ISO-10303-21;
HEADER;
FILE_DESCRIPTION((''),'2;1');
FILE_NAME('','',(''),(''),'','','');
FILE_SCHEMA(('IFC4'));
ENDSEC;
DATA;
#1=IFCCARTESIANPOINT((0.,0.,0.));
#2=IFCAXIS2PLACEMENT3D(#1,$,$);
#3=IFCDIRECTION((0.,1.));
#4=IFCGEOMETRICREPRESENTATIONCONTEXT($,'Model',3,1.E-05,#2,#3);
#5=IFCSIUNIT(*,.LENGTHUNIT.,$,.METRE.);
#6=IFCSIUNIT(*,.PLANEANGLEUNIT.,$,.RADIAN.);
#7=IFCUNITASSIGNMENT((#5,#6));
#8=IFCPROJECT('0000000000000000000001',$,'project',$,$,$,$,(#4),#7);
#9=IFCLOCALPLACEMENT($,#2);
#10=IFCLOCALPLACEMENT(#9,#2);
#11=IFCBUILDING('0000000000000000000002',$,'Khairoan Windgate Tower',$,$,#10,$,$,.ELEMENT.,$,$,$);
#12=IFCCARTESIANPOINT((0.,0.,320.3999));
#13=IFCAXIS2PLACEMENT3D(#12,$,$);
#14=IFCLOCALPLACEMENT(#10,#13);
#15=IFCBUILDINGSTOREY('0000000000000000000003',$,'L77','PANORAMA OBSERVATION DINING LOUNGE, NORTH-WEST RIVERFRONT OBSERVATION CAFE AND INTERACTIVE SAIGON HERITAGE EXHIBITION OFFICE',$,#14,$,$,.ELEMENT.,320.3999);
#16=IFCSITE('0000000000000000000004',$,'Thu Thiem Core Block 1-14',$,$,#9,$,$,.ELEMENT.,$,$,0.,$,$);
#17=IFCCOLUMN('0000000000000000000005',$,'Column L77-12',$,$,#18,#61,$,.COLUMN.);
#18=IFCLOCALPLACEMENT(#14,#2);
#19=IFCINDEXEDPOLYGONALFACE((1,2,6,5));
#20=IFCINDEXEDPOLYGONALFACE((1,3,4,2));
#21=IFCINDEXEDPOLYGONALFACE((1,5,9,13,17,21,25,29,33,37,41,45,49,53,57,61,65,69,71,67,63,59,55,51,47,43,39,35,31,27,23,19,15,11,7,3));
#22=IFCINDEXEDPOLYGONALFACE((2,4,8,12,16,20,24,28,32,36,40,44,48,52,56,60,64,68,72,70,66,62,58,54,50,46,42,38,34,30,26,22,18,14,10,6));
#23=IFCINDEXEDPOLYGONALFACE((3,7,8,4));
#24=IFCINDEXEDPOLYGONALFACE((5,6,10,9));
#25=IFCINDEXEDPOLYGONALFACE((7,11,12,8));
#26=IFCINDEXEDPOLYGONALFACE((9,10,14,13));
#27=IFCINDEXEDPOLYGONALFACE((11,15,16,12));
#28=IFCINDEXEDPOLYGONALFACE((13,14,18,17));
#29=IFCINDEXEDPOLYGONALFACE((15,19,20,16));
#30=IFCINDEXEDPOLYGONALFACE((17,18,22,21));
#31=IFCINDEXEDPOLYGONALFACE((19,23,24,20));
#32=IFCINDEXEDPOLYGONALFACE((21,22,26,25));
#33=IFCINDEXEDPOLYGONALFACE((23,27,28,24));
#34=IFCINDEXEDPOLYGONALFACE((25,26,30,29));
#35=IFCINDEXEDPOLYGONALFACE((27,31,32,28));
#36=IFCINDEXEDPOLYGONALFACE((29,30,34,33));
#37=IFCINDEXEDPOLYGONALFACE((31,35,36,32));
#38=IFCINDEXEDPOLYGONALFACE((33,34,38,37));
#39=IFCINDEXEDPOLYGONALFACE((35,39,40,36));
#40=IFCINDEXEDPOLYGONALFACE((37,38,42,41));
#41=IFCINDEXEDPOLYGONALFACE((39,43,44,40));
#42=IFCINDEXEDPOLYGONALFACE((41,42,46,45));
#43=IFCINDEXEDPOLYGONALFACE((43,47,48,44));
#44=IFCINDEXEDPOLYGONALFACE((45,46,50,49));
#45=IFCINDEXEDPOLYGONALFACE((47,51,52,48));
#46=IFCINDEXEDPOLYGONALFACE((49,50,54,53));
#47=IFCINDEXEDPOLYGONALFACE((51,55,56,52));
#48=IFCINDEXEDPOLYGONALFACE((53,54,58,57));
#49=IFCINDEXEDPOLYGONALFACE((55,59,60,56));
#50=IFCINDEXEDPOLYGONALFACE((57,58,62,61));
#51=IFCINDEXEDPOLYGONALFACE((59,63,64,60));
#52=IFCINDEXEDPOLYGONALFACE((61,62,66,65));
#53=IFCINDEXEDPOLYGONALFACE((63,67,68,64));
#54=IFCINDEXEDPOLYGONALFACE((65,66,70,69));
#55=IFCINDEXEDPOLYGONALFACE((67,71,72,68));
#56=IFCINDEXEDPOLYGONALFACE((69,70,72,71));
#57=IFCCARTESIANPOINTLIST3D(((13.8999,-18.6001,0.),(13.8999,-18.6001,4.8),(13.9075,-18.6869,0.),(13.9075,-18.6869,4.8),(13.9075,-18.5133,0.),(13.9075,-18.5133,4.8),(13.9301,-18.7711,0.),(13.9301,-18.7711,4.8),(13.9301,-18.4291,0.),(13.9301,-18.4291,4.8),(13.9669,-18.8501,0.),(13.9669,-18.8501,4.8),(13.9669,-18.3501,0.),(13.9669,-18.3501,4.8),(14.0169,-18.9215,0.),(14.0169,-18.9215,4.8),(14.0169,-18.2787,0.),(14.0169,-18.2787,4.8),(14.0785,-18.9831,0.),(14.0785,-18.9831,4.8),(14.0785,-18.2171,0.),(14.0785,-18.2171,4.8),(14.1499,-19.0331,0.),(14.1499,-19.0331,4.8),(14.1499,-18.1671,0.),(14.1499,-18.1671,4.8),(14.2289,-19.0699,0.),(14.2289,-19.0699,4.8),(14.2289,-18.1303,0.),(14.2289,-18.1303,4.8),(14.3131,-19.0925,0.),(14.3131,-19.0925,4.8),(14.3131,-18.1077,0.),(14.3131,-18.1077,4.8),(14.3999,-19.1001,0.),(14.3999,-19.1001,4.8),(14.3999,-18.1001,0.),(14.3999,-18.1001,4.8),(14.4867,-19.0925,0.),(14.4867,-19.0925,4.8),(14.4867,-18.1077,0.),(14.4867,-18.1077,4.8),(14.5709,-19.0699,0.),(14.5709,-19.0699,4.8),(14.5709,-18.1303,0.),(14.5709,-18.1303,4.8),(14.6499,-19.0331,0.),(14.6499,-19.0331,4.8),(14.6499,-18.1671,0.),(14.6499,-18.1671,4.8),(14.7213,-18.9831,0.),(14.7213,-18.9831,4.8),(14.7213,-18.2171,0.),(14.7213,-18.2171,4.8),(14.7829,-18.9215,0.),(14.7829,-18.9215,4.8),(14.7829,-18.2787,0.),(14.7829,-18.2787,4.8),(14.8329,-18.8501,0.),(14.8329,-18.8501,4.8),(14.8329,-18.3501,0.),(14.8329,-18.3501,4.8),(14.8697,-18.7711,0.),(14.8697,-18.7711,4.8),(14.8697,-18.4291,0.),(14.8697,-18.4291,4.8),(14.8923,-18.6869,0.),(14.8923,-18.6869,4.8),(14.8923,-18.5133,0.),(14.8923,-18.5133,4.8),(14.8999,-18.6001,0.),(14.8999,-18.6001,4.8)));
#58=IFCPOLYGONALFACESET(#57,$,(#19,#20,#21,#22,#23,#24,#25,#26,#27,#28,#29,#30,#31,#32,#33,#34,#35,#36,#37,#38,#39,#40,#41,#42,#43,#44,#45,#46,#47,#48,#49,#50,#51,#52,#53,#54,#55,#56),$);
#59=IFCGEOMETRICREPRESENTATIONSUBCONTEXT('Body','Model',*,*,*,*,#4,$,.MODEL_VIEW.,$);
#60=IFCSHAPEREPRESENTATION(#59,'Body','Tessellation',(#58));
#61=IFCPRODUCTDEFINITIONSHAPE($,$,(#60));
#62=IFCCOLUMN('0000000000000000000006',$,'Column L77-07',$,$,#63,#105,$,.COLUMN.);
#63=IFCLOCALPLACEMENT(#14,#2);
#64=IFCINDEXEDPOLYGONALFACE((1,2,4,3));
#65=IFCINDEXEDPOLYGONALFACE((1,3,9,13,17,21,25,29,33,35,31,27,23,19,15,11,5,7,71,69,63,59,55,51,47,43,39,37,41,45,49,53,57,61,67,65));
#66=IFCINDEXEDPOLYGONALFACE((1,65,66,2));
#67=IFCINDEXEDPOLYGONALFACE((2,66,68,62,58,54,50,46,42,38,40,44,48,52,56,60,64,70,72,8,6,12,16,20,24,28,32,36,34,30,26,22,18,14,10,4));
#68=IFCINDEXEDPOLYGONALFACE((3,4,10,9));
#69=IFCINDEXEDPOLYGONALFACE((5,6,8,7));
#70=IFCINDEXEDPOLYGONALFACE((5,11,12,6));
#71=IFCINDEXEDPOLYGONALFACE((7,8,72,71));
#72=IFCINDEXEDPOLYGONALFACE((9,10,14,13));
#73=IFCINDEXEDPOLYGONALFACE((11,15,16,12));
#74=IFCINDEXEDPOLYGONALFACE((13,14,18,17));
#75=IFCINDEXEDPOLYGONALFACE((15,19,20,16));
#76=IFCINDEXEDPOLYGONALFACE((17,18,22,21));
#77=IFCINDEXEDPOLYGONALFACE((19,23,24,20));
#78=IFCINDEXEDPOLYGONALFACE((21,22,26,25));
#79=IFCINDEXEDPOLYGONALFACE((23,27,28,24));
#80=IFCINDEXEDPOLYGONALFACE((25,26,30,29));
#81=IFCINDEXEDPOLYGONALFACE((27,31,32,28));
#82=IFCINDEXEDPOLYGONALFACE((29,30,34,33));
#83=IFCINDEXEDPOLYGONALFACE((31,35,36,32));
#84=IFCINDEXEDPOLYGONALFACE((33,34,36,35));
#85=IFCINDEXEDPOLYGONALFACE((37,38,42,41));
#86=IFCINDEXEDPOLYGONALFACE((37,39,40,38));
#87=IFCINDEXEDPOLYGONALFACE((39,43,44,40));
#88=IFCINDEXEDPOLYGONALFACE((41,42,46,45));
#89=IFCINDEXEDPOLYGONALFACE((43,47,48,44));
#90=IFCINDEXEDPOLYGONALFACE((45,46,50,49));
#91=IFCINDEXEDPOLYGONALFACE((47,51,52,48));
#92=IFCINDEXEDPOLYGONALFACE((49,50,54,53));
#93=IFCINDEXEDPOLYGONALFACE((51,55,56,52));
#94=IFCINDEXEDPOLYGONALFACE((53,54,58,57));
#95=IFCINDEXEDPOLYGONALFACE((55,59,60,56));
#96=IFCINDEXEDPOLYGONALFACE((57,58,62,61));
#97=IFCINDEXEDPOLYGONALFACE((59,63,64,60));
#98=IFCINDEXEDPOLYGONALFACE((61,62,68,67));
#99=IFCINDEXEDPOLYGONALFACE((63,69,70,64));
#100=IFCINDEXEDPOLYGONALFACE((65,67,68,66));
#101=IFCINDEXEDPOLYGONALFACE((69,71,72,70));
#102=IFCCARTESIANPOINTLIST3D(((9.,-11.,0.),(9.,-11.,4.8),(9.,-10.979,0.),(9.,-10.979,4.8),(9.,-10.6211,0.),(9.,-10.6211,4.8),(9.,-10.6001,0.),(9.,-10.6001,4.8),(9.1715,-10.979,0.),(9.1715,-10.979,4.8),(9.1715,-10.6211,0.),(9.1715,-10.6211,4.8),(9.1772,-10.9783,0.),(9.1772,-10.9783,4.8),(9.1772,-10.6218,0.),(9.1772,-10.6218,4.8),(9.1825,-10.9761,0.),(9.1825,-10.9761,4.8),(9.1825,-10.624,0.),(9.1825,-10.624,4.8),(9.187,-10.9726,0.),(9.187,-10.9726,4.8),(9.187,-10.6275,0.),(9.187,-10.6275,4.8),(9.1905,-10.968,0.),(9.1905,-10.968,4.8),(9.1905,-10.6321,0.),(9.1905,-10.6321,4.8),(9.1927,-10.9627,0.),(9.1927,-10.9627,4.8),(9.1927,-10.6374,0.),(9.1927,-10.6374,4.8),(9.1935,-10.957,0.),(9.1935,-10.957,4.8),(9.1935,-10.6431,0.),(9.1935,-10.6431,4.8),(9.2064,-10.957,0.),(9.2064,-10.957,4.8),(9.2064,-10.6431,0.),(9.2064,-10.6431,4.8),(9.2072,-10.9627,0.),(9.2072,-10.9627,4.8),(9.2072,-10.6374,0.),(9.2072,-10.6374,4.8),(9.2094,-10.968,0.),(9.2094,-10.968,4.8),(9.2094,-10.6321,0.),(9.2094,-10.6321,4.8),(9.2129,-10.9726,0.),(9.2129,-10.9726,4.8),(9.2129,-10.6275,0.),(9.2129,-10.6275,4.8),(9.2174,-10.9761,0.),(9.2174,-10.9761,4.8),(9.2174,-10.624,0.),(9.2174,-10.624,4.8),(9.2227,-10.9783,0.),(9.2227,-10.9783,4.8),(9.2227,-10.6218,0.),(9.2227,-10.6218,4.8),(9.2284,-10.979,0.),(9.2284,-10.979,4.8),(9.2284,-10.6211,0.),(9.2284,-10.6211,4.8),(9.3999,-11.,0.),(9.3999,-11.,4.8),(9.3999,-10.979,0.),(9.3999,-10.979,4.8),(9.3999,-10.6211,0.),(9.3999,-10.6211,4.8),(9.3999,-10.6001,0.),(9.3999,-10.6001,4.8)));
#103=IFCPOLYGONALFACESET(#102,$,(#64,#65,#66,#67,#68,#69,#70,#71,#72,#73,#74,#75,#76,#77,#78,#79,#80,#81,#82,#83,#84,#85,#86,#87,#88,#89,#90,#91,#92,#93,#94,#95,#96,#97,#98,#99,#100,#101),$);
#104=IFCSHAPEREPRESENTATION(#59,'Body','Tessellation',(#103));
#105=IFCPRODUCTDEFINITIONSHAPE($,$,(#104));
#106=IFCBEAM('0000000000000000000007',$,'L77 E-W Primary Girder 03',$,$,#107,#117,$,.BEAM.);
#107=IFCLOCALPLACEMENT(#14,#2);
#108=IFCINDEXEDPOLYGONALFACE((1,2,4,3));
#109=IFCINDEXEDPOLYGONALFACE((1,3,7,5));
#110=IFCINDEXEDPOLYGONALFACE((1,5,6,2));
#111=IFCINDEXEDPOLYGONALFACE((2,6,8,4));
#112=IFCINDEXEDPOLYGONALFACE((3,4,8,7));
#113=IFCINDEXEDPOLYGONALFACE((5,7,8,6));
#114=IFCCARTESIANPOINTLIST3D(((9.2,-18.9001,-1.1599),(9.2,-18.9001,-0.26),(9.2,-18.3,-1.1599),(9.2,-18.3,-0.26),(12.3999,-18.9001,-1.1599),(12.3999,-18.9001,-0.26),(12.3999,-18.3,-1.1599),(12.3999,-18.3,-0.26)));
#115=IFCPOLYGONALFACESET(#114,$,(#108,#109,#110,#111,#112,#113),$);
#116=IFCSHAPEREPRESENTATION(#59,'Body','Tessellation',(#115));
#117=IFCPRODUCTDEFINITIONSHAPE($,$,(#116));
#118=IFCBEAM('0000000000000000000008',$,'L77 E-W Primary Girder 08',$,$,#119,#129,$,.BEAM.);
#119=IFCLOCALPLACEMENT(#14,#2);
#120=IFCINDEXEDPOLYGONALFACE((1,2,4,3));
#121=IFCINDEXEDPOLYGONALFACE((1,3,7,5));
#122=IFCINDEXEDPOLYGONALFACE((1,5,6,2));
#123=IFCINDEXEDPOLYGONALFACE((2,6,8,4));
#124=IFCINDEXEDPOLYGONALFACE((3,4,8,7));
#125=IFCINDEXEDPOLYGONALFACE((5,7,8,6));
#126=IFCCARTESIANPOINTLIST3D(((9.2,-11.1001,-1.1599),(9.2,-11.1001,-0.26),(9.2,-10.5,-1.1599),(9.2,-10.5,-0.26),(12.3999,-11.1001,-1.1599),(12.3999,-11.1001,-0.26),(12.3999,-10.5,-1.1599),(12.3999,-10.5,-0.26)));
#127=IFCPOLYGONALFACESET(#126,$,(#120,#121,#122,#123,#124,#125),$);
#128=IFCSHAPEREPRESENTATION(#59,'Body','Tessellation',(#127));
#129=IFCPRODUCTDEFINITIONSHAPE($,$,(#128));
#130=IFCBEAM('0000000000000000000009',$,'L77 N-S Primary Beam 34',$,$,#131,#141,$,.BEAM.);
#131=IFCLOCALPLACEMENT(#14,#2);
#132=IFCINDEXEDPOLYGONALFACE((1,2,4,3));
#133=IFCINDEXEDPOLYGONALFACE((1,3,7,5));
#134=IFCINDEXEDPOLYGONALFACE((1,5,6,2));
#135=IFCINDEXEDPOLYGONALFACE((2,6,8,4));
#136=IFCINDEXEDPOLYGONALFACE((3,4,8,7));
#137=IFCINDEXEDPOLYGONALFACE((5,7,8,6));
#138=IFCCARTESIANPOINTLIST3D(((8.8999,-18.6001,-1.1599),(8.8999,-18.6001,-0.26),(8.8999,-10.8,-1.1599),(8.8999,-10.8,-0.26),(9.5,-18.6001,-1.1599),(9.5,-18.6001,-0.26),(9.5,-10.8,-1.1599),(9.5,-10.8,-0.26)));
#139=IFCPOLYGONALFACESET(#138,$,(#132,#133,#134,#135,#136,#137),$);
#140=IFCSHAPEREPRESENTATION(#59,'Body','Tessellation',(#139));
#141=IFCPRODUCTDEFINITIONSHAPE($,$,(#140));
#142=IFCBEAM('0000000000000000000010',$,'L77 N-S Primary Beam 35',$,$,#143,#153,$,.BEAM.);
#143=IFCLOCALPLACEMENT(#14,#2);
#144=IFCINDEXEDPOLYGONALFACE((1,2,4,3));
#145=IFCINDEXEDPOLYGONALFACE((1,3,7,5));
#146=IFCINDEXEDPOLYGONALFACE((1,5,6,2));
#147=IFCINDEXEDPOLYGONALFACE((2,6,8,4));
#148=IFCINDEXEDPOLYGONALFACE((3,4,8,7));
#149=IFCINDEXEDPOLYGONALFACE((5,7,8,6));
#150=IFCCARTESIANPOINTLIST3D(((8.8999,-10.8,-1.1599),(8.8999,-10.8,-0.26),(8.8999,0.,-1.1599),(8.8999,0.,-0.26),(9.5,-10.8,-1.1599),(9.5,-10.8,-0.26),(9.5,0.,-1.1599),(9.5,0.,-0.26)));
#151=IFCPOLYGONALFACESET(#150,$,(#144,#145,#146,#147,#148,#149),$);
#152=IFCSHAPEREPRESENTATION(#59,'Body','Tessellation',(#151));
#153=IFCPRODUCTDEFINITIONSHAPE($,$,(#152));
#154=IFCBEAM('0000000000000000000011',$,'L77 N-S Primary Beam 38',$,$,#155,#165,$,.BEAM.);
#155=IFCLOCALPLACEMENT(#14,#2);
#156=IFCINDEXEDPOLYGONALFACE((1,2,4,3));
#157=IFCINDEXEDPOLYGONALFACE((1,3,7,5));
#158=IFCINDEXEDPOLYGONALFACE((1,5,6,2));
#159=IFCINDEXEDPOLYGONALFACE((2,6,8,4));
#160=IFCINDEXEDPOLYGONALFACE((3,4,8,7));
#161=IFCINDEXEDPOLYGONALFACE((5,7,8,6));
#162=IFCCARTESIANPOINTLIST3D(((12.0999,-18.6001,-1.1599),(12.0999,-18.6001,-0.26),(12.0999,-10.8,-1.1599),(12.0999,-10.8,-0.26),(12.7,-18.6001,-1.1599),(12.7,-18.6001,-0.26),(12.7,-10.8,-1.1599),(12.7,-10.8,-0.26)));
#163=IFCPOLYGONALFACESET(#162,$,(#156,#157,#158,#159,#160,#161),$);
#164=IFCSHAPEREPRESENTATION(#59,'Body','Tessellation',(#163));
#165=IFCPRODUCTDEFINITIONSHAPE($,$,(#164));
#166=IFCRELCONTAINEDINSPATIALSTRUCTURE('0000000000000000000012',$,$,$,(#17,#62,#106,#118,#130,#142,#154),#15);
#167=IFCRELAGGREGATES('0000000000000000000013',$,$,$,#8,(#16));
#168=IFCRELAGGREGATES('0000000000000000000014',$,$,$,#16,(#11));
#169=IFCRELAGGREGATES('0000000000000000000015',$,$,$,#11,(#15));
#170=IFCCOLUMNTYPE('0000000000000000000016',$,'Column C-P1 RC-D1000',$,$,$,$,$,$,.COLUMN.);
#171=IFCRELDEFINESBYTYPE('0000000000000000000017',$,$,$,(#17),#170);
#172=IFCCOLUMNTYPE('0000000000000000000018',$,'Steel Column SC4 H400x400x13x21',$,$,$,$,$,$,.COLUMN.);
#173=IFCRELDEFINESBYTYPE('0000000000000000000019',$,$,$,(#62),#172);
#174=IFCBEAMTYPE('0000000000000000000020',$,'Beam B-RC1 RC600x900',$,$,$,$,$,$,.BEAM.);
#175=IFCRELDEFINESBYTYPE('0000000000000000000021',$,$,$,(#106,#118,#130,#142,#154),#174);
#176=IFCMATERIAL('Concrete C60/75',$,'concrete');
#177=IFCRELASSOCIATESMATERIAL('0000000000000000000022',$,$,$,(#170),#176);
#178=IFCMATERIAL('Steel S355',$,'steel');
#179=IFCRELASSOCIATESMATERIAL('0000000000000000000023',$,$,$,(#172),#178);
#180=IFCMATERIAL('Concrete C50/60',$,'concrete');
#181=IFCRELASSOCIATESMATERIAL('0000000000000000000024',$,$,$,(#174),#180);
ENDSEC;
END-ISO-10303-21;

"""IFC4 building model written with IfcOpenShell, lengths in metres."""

from ifc_helpers import new_model, si_unit, direction, frame, origin, origin_2d, place, context, subcontext, project, spatial, rectangle, circle, i_section, extrude, material, material_profile, profile_set, type_object, element, save


model = new_model("IFC4")

# Units and contexts
model_context = context("Model", 3, precision=1e-05, world=origin(), true_north=direction((0.0, 1.0)))
body_context = subcontext(model_context, "Body", "Model", "MODEL_VIEW")
ifc_project = project(units=[si_unit("LENGTHUNIT", "METRE"), si_unit("PLANEANGLEUNIT", "RADIAN")], contexts=[model_context])

# Site, building, storey
site_placement = place(None, origin())
site = spatial("IfcSite", under=ifc_project, at=site_placement, Name="Thu Thiem Core Block 1-14", CompositionType="ELEMENT", RefElevation=0.0)
building_placement = place(site_placement, origin())
building = spatial("IfcBuilding", under=site, at=building_placement, Name="Khairoan Windgate Tower", CompositionType="ELEMENT")
storey_placement = place(building_placement, frame((0.0, 0.0, 320.3999)))
storey = spatial("IfcBuildingStorey", under=building, at=storey_placement, Name="L77", Description="PANORAMA OBSERVATION DINING LOUNGE, NORTH-WEST RIVERFRONT OBSERVATION CAFE AND INTERACTIVE SAIGON HERITAGE EXHIBITION OFFICE", CompositionType="ELEMENT", Elevation=320.3999)

# Columns
ifc_material_1 = material(Name="Concrete C60/75", Category="concrete")
ifc_material_profile_1 = material_profile(ifc_material_1, circle(Radius=0.5, at=origin_2d()))
ifc_profile_set_1 = profile_set([ifc_material_profile_1], Name="Concrete C60/75")
column_type_1 = type_object("IfcColumnType", Name="Column C-P1 RC-D1000", PredefinedType="COLUMN", material=ifc_profile_set_1)
column_1_placement = place(storey_placement, frame((14.3999, -18.6001, 0.0), z_axis=(0.0, 0.0, 1.0), x_axis=(1.0, 0.0, 0.0)))
element("IfcColumn", 1, at=column_1_placement, inside=storey, type_object=column_type_1, Name="Column L77-12", PredefinedType="COLUMN", context=body_context, shape_type="SweptSolid", body=[
    extrude(circle(Radius=0.5, at=origin_2d()), origin(), (0.0, 0.0, 1.0), 4.8),
])
ifc_material_2 = material(Name="Steel S355", Category="steel")
ifc_material_profile_2 = material_profile(ifc_material_2, i_section(OverallWidth=0.3999, OverallDepth=0.3999, WebThickness=0.0129, FlangeThickness=0.021, FilletRadius=0.022, at=origin_2d()))
ifc_profile_set_2 = profile_set([ifc_material_profile_2], Name="Steel S355")
column_type_2 = type_object("IfcColumnType", Name="Steel Column SC4 H400x400x13x21", PredefinedType="COLUMN", material=ifc_profile_set_2)
column_2_placement = place(storey_placement, frame((9.2, -10.8, 0.0), z_axis=(0.0, 0.0, 1.0), x_axis=(1.0, 0.0, 0.0)))
element("IfcColumn", 2, at=column_2_placement, inside=storey, type_object=column_type_2, Name="Column L77-07", PredefinedType="COLUMN", context=body_context, shape_type="SweptSolid", body=[
    extrude(i_section(OverallWidth=0.3999, OverallDepth=0.3999, WebThickness=0.0129, FlangeThickness=0.021, FilletRadius=0.022, at=origin_2d()), origin(), (0.0, 0.0, 1.0), 4.8),
])

# Beams
ifc_material_3 = material(Name="Concrete C50/60", Category="concrete")
ifc_material_profile_3 = material_profile(ifc_material_3, rectangle(XDim=0.6001, YDim=0.8999, at=origin_2d()))
ifc_profile_set_3 = profile_set([ifc_material_profile_3], Name="Concrete C50/60")
beam_type_1 = type_object("IfcBeamType", Name="Beam B-RC1 RC600x900", PredefinedType="BEAM", material=ifc_profile_set_3)
for number, where, z_axis, x_axis, name in (
    (3, (9.2, -18.6001, -0.71), (1.0, 0.0, 0.0), (0.0, 1.0, 0.0), "L77 E-W Primary Girder 03"),
    (4, (9.2, -10.8, -0.71), (1.0, 0.0, 0.0), (0.0, 1.0, 0.0), "L77 E-W Primary Girder 08"),
):
    element("IfcBeam", number, at=place(storey_placement, frame(where, z_axis=z_axis, x_axis=x_axis)), inside=storey, type_object=beam_type_1, Name=name, PredefinedType="BEAM", context=body_context, shape_type="SweptSolid", body=[
        extrude(rectangle(XDim=0.6001, YDim=0.8999, at=origin_2d()), origin(), (0.0, 0.0, 1.0), 3.2),
    ])
beam_1_placement = place(storey_placement, frame((9.2, -18.6001, -0.71), z_axis=(0.0, 1.0, 0.0), x_axis=(-1.0, 0.0, 0.0)))
element("IfcBeam", 5, at=beam_1_placement, inside=storey, type_object=beam_type_1, Name="L77 N-S Primary Beam 34", PredefinedType="BEAM", context=body_context, shape_type="SweptSolid", body=[
    extrude(rectangle(XDim=0.6001, YDim=0.8999, at=origin_2d()), origin(), (0.0, 0.0, 1.0), 7.8),
])
beam_2_placement = place(storey_placement, frame((9.2, -10.8, -0.71), z_axis=(0.0, 1.0, 0.0), x_axis=(-1.0, 0.0, 0.0)))
element("IfcBeam", 6, at=beam_2_placement, inside=storey, type_object=beam_type_1, Name="L77 N-S Primary Beam 35", PredefinedType="BEAM", context=body_context, shape_type="SweptSolid", body=[
    extrude(rectangle(XDim=0.6001, YDim=0.8999, at=origin_2d()), origin(), (0.0, 0.0, 1.0), 10.8),
])
beam_3_placement = place(storey_placement, frame((12.3999, -18.6001, -0.71), z_axis=(0.0, 1.0, 0.0), x_axis=(-1.0, 0.0, 0.0)))
element("IfcBeam", 7, at=beam_3_placement, inside=storey, type_object=beam_type_1, Name="L77 N-S Primary Beam 38", PredefinedType="BEAM", context=body_context, shape_type="SweptSolid", body=[
    extrude(rectangle(XDim=0.6001, YDim=0.8999, at=origin_2d()), origin(), (0.0, 0.0, 1.0), 7.8),
])

save(model, "model.ifc")
